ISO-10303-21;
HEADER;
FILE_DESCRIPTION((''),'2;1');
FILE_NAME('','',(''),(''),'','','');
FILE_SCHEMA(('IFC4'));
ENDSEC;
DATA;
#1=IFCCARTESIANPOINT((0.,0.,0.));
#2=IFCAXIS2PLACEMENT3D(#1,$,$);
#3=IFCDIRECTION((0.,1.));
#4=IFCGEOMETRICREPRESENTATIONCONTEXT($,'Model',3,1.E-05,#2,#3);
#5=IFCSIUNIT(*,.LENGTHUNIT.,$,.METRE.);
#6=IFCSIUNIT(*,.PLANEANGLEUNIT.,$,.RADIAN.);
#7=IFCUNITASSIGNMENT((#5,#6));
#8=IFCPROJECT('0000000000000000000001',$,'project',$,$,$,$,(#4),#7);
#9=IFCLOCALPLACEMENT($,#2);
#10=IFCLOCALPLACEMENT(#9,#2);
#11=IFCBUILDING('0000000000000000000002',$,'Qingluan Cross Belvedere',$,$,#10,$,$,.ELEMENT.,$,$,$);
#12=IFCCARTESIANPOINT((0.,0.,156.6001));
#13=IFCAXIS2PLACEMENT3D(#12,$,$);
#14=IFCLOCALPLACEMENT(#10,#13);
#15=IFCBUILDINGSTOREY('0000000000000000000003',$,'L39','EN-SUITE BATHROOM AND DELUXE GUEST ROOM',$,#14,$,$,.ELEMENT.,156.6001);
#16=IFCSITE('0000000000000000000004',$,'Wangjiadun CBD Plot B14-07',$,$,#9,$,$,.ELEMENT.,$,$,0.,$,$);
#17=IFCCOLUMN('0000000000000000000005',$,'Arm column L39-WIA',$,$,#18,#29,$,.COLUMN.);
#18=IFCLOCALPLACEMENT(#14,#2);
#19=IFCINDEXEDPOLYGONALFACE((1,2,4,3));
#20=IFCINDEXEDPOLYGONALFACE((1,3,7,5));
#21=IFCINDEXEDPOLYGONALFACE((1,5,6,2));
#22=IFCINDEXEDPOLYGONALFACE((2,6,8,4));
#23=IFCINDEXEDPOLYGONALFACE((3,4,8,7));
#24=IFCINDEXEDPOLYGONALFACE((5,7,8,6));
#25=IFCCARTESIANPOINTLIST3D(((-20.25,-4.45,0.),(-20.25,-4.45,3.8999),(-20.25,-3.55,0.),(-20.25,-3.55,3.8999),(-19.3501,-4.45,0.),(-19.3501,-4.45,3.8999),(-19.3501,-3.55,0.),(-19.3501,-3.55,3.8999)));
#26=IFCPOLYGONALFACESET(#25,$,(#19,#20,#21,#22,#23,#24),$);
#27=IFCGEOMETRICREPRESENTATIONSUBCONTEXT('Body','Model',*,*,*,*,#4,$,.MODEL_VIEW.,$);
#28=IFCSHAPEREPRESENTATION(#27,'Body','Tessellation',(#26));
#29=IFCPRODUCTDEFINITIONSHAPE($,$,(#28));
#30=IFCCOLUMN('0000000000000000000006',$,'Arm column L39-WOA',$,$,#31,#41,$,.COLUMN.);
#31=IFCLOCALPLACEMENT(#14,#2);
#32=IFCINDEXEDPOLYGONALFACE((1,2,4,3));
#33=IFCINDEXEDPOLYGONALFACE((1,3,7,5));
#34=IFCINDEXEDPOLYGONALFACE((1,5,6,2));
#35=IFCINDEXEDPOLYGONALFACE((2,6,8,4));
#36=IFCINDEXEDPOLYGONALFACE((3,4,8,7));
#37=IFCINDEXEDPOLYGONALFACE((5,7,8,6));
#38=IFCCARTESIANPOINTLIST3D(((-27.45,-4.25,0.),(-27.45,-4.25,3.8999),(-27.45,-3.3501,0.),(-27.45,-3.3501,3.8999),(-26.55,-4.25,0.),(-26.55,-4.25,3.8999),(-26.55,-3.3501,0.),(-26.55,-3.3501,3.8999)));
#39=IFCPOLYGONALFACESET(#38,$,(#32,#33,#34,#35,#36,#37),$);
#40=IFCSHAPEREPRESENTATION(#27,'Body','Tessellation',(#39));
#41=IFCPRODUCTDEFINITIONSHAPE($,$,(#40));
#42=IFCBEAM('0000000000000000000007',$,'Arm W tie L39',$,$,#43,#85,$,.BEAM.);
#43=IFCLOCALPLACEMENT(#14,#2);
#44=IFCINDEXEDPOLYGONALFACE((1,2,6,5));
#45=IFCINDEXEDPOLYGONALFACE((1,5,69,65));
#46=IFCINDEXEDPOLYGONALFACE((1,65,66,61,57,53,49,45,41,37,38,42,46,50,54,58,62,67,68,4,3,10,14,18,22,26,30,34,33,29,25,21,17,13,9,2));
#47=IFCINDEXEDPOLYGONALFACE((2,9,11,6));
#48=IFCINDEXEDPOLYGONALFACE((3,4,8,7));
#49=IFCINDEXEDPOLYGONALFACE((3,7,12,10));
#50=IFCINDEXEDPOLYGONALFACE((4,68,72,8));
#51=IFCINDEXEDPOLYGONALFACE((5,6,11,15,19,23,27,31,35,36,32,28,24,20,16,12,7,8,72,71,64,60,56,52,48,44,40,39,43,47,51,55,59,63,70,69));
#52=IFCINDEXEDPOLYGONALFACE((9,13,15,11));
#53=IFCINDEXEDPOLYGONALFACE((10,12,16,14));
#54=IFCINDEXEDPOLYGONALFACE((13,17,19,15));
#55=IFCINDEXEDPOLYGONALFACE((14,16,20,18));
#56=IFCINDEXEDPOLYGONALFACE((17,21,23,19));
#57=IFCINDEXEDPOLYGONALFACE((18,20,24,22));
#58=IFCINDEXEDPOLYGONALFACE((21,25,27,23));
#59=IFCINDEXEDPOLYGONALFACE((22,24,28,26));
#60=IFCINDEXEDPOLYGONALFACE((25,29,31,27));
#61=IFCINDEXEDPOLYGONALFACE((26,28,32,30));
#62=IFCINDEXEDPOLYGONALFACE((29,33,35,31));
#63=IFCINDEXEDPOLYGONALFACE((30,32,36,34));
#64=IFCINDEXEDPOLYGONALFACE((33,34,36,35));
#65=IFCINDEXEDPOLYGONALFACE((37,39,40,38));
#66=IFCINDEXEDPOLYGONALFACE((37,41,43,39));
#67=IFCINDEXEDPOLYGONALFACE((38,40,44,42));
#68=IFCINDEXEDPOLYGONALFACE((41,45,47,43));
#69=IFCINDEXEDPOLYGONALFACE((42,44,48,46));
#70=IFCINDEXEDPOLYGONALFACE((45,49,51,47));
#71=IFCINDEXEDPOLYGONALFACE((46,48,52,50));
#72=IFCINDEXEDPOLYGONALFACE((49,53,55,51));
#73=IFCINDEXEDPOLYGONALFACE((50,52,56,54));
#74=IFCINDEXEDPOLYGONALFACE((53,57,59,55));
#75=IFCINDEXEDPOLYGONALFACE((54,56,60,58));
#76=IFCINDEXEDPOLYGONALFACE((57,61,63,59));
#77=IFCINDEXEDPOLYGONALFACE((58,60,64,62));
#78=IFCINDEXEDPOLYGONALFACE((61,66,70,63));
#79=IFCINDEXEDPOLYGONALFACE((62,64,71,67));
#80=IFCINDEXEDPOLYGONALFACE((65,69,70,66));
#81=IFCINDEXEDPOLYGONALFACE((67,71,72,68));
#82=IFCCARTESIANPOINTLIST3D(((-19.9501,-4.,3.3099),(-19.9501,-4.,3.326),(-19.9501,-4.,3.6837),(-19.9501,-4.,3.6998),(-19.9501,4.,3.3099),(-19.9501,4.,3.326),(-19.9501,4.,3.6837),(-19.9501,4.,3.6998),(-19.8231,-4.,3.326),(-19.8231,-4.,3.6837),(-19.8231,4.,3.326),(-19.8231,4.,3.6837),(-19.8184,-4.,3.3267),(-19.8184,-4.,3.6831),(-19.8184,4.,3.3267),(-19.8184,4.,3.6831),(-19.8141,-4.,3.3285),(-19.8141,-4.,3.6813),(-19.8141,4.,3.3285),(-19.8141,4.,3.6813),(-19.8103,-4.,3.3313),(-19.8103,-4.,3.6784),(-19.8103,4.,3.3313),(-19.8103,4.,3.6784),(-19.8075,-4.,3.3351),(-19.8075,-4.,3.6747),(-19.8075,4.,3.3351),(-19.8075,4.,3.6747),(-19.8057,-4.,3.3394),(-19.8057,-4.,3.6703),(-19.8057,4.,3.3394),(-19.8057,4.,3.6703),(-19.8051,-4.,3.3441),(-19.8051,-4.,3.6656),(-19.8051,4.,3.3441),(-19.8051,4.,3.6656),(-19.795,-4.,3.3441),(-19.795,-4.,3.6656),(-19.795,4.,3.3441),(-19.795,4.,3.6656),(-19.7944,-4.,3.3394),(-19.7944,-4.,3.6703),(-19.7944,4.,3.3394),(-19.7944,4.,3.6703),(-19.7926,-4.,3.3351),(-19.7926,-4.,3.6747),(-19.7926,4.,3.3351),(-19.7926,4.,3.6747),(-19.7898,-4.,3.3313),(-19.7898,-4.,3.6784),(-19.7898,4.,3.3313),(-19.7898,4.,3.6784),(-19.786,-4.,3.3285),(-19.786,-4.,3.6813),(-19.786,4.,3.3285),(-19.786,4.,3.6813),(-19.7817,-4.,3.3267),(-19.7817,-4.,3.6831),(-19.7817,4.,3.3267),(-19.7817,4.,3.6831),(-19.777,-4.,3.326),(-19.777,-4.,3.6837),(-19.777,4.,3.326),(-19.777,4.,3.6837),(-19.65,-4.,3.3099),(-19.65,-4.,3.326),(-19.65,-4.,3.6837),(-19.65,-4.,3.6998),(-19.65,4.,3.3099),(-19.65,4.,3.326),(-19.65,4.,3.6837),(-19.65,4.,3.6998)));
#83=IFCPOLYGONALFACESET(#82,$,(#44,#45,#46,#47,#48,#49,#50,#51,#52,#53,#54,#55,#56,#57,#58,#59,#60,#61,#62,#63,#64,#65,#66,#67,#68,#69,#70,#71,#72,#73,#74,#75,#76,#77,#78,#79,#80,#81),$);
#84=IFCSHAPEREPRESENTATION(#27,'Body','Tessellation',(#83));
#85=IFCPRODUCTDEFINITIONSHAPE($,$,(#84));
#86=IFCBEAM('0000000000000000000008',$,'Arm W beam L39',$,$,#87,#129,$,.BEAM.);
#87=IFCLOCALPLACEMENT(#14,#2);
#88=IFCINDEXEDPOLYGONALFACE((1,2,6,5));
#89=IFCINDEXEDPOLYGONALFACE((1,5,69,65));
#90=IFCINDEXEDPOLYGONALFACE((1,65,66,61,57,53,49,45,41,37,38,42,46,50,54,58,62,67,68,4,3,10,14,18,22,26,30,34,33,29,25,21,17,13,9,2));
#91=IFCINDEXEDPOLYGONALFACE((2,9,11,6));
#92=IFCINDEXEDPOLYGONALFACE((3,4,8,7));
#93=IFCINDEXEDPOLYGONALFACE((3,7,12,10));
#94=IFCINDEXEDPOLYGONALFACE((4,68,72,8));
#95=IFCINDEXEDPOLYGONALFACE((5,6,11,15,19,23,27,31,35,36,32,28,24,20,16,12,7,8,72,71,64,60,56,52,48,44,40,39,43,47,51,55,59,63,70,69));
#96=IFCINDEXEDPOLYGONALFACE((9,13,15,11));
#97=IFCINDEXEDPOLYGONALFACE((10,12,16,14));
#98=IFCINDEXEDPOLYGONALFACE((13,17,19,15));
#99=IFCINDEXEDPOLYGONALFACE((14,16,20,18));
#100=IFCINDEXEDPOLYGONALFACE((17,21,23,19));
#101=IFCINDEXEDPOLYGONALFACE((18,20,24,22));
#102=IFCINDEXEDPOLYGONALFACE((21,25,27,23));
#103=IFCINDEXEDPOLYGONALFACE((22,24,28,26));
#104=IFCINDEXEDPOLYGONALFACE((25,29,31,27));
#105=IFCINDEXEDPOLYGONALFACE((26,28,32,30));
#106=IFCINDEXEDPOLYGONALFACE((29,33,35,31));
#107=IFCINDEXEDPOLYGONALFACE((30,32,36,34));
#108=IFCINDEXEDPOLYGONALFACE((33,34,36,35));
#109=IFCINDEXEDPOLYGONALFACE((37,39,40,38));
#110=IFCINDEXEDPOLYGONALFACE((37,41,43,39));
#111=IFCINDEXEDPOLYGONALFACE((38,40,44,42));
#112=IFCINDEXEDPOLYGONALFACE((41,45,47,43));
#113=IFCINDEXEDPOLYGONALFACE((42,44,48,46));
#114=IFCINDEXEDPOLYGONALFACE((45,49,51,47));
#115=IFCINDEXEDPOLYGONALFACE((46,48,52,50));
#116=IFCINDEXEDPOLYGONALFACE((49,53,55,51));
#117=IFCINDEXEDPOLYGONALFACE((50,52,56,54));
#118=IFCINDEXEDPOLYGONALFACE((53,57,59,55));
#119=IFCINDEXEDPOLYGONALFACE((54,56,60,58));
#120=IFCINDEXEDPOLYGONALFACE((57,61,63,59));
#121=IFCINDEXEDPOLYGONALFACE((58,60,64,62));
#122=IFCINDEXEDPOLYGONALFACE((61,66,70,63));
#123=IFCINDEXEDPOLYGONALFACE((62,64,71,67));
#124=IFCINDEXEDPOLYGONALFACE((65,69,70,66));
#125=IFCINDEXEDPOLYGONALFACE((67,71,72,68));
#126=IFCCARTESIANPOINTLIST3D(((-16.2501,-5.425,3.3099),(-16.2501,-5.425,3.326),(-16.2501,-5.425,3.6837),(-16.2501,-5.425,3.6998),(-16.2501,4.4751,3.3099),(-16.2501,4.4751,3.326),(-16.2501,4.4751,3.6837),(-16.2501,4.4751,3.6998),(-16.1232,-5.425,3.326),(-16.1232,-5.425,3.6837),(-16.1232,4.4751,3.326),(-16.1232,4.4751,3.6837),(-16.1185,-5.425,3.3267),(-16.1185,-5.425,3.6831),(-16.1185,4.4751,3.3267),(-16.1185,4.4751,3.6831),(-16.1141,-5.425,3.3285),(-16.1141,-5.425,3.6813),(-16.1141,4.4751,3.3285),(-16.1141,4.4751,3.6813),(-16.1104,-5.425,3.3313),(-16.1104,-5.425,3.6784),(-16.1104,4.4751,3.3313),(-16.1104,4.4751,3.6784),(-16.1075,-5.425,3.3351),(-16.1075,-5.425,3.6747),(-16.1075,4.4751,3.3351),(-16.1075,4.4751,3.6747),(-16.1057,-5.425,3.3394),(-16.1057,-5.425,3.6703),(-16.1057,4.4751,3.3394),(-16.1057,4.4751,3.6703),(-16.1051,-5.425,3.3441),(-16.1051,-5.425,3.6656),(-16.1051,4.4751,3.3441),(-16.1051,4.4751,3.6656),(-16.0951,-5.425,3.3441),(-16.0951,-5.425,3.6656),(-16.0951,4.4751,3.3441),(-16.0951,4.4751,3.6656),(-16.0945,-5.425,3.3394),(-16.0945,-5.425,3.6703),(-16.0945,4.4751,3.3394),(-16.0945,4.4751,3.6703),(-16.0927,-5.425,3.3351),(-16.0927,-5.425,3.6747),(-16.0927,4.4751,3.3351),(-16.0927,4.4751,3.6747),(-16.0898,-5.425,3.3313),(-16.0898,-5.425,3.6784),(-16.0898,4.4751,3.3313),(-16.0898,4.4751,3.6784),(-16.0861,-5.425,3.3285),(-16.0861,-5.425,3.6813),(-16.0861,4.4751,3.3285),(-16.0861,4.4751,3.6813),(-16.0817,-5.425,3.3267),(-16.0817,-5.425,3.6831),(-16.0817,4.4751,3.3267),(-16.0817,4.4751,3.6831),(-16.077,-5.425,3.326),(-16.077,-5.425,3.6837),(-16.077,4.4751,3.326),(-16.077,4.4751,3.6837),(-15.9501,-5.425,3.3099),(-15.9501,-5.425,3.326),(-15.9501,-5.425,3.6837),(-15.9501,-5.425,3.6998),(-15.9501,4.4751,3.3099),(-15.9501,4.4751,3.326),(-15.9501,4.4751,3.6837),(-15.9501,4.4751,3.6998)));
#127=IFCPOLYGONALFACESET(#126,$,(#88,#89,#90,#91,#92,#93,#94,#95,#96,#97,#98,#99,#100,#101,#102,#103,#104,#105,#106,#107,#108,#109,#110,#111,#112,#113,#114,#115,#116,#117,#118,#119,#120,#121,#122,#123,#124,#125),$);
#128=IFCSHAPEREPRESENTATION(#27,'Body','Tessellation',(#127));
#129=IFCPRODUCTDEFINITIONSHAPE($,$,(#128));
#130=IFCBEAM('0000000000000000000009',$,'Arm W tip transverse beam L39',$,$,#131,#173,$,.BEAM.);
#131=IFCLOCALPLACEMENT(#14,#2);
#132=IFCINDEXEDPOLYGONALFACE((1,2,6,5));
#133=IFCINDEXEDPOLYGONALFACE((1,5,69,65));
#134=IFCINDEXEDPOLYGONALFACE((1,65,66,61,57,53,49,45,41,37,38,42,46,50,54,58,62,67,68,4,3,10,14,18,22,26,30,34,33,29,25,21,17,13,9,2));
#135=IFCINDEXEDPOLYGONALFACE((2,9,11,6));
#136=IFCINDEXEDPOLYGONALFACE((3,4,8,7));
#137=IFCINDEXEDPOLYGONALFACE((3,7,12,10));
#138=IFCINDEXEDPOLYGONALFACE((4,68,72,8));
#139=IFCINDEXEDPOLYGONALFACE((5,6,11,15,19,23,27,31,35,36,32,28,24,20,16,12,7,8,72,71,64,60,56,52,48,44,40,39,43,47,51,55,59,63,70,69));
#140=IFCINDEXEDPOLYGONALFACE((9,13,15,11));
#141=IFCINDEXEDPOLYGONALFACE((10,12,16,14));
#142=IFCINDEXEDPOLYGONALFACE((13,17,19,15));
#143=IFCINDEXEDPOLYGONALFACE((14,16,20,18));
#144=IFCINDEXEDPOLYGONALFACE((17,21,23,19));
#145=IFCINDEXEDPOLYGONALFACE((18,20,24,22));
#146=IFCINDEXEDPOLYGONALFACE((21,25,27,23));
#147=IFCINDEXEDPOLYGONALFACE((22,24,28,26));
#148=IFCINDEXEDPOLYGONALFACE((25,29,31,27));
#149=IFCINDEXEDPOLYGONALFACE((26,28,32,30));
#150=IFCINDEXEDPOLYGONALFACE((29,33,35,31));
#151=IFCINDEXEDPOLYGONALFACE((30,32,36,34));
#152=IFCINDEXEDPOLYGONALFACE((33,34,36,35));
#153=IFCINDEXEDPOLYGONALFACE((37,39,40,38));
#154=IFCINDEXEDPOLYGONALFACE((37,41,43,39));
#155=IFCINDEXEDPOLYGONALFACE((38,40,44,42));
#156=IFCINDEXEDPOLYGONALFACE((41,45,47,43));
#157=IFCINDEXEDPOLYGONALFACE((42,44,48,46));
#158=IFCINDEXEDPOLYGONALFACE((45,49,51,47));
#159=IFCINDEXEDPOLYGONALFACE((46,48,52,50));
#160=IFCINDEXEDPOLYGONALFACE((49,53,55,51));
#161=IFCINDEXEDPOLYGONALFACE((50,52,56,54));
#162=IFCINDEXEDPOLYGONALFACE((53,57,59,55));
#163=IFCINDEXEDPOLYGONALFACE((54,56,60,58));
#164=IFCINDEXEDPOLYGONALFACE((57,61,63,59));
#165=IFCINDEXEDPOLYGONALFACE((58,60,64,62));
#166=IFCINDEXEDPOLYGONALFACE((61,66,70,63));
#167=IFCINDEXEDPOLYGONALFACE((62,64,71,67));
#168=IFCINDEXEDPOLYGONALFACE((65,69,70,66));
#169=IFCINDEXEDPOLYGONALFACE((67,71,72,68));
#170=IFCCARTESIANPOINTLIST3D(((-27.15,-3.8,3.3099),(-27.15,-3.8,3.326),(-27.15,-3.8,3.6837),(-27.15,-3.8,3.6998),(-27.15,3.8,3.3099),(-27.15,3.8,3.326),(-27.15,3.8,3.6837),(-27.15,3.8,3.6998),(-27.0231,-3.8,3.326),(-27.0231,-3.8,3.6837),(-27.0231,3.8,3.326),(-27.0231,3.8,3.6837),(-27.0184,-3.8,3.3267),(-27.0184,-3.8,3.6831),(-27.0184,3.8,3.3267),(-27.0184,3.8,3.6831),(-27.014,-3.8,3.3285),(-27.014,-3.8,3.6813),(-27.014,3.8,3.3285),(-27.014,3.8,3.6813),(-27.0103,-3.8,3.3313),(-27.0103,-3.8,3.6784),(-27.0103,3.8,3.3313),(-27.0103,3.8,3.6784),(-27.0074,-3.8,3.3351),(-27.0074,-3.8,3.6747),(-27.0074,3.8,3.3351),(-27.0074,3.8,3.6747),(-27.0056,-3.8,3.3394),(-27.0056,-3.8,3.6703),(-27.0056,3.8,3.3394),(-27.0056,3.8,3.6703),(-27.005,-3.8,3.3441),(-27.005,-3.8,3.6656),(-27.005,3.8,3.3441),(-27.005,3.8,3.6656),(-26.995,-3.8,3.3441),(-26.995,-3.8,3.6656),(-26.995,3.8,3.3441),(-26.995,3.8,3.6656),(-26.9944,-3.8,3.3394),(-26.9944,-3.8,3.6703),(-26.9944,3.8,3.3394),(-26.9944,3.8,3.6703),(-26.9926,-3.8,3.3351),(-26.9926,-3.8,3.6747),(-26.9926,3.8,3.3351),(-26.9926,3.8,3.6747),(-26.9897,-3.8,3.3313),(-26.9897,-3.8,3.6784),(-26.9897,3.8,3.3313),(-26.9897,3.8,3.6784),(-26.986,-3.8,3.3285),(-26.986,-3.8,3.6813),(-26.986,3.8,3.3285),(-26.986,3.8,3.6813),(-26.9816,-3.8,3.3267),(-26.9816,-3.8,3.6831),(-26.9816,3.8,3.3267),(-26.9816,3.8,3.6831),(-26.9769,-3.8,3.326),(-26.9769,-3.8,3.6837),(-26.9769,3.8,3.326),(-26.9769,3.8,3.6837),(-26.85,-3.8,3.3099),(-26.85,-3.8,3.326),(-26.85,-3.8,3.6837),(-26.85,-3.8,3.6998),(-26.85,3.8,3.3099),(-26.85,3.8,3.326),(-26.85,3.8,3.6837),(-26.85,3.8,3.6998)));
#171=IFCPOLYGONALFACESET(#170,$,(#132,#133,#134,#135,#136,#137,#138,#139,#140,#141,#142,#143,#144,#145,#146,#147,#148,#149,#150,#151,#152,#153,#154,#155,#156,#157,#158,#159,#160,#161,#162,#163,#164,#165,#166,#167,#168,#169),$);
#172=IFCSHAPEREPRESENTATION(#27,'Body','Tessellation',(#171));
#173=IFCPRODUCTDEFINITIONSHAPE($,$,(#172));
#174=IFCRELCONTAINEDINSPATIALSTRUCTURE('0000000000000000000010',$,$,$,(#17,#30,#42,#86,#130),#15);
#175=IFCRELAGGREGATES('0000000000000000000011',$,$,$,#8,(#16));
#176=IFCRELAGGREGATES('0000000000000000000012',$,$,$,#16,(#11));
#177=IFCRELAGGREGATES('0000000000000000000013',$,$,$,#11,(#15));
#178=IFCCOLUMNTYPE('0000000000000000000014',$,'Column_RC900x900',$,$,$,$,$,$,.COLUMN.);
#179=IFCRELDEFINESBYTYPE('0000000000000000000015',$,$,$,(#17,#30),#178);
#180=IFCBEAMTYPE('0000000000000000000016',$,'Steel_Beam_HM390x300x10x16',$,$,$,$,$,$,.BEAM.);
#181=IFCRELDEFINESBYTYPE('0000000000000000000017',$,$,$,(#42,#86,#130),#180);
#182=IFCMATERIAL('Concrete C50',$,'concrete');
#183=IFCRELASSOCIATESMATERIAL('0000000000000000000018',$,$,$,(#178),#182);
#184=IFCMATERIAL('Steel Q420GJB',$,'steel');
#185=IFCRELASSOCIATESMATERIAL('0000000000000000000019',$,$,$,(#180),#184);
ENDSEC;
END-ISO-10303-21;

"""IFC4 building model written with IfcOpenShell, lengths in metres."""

from ifc_helpers import new_model, si_unit, direction, frame, origin, origin_2d, place, context, subcontext, project, spatial, rectangle, i_section, extrude, material, material_profile, profile_set, type_object, element, save


model = new_model("IFC4")

# Units and contexts
model_context = context("Model", 3, precision=1e-05, world=origin(), true_north=direction((0.0, 1.0)))
body_context = subcontext(model_context, "Body", "Model", "MODEL_VIEW")
ifc_project = project(units=[si_unit("LENGTHUNIT", "METRE"), si_unit("PLANEANGLEUNIT", "RADIAN")], contexts=[model_context])

# Site, building, storey
site_placement = place(None, origin())
site = spatial("IfcSite", under=ifc_project, at=site_placement, Name="Wangjiadun CBD Plot B14-07", CompositionType="ELEMENT", RefElevation=0.0)
building_placement = place(site_placement, origin())
building = spatial("IfcBuilding", under=site, at=building_placement, Name="Qingluan Cross Belvedere", CompositionType="ELEMENT")
storey_placement = place(building_placement, frame((0.0, 0.0, 156.6001)))
storey = spatial("IfcBuildingStorey", under=building, at=storey_placement, Name="L39", Description="EN-SUITE BATHROOM AND DELUXE GUEST ROOM", CompositionType="ELEMENT", Elevation=156.6001)

# Columns
ifc_material_1 = material(Name="Concrete C50", Category="concrete")
ifc_material_profile_1 = material_profile(ifc_material_1, rectangle(XDim=0.8999, YDim=0.8999, at=origin_2d()), Name="RC900x900")
ifc_profile_set_1 = profile_set([ifc_material_profile_1], Name="Concrete C50")
column_type = type_object("IfcColumnType", Name="Column_RC900x900", PredefinedType="COLUMN", material=ifc_profile_set_1)
for number, where, z_axis, x_axis, name in (
    (1, (-19.8, -4.0, 0.0), (0.0, 0.0, 1.0), (1.0, 0.0, 0.0), "Arm column L39-WIA"),
    (2, (-27.0, -3.8, 0.0), (0.0, 0.0, 1.0), (1.0, 0.0, 0.0), "Arm column L39-WOA"),
):
    element("IfcColumn", number, at=place(storey_placement, frame(where, z_axis=z_axis, x_axis=x_axis)), inside=storey, type_object=column_type, Name=name, PredefinedType="COLUMN", context=body_context, shape_type="SweptSolid", body=[
        extrude(rectangle(XDim=0.8999, YDim=0.8999, at=origin_2d()), origin(), (0.0, 0.0, 1.0), 3.8999),
    ])

# Beams
ifc_material_2 = material(Name="Steel Q420GJB", Category="steel")
ifc_material_profile_2 = material_profile(ifc_material_2, i_section(OverallWidth=0.3, OverallDepth=0.3899, WebThickness=0.01, FlangeThickness=0.0161, FilletRadius=0.0181, at=origin_2d()), Name="HM390x300x10x16")
ifc_profile_set_2 = profile_set([ifc_material_profile_2], Name="Steel Q420GJB")
beam_type_1 = type_object("IfcBeamType", Name="Steel_Beam_HM390x300x10x16", PredefinedType="BEAM", material=ifc_profile_set_2)
beam_1_placement = place(storey_placement, frame((-19.8, -4.0, 3.5049), z_axis=(0.0, 1.0, 0.0), x_axis=(-1.0, 0.0, 0.0)))
element("IfcBeam", 3, at=beam_1_placement, inside=storey, type_object=beam_type_1, Name="Arm W tie L39", PredefinedType="BEAM", context=body_context, shape_type="SweptSolid", body=[
    extrude(i_section(OverallWidth=0.3, OverallDepth=0.3899, WebThickness=0.01, FlangeThickness=0.0161, FilletRadius=0.0181, at=origin_2d()), origin(), (0.0, 0.0, 1.0), 8.0),
])
beam_2_placement = place(storey_placement, frame((-16.1001, -5.425, 3.5049), z_axis=(0.0, 1.0, 0.0), x_axis=(-1.0, 0.0, 0.0)))
element("IfcBeam", 4, at=beam_2_placement, inside=storey, type_object=beam_type_1, Name="Arm W beam L39", PredefinedType="BEAM", context=body_context, shape_type="SweptSolid", body=[
    extrude(i_section(OverallWidth=0.3, OverallDepth=0.3899, WebThickness=0.01, FlangeThickness=0.0161, FilletRadius=0.0181, at=origin_2d()), origin(), (0.0, 0.0, 1.0), 9.9001),
])
beam_3_placement = place(storey_placement, frame((-27.0, -3.8, 3.5049), z_axis=(0.0, 1.0, 0.0), x_axis=(-1.0, 0.0, 0.0)))
element("IfcBeam", 5, at=beam_3_placement, inside=storey, type_object=beam_type_1, Name="Arm W tip transverse beam L39", PredefinedType="BEAM", context=body_context, shape_type="SweptSolid", body=[
    extrude(i_section(OverallWidth=0.3, OverallDepth=0.3899, WebThickness=0.01, FlangeThickness=0.0161, FilletRadius=0.0181, at=origin_2d()), origin(), (0.0, 0.0, 1.0), 7.6001),
])

save(model, "model.ifc")
